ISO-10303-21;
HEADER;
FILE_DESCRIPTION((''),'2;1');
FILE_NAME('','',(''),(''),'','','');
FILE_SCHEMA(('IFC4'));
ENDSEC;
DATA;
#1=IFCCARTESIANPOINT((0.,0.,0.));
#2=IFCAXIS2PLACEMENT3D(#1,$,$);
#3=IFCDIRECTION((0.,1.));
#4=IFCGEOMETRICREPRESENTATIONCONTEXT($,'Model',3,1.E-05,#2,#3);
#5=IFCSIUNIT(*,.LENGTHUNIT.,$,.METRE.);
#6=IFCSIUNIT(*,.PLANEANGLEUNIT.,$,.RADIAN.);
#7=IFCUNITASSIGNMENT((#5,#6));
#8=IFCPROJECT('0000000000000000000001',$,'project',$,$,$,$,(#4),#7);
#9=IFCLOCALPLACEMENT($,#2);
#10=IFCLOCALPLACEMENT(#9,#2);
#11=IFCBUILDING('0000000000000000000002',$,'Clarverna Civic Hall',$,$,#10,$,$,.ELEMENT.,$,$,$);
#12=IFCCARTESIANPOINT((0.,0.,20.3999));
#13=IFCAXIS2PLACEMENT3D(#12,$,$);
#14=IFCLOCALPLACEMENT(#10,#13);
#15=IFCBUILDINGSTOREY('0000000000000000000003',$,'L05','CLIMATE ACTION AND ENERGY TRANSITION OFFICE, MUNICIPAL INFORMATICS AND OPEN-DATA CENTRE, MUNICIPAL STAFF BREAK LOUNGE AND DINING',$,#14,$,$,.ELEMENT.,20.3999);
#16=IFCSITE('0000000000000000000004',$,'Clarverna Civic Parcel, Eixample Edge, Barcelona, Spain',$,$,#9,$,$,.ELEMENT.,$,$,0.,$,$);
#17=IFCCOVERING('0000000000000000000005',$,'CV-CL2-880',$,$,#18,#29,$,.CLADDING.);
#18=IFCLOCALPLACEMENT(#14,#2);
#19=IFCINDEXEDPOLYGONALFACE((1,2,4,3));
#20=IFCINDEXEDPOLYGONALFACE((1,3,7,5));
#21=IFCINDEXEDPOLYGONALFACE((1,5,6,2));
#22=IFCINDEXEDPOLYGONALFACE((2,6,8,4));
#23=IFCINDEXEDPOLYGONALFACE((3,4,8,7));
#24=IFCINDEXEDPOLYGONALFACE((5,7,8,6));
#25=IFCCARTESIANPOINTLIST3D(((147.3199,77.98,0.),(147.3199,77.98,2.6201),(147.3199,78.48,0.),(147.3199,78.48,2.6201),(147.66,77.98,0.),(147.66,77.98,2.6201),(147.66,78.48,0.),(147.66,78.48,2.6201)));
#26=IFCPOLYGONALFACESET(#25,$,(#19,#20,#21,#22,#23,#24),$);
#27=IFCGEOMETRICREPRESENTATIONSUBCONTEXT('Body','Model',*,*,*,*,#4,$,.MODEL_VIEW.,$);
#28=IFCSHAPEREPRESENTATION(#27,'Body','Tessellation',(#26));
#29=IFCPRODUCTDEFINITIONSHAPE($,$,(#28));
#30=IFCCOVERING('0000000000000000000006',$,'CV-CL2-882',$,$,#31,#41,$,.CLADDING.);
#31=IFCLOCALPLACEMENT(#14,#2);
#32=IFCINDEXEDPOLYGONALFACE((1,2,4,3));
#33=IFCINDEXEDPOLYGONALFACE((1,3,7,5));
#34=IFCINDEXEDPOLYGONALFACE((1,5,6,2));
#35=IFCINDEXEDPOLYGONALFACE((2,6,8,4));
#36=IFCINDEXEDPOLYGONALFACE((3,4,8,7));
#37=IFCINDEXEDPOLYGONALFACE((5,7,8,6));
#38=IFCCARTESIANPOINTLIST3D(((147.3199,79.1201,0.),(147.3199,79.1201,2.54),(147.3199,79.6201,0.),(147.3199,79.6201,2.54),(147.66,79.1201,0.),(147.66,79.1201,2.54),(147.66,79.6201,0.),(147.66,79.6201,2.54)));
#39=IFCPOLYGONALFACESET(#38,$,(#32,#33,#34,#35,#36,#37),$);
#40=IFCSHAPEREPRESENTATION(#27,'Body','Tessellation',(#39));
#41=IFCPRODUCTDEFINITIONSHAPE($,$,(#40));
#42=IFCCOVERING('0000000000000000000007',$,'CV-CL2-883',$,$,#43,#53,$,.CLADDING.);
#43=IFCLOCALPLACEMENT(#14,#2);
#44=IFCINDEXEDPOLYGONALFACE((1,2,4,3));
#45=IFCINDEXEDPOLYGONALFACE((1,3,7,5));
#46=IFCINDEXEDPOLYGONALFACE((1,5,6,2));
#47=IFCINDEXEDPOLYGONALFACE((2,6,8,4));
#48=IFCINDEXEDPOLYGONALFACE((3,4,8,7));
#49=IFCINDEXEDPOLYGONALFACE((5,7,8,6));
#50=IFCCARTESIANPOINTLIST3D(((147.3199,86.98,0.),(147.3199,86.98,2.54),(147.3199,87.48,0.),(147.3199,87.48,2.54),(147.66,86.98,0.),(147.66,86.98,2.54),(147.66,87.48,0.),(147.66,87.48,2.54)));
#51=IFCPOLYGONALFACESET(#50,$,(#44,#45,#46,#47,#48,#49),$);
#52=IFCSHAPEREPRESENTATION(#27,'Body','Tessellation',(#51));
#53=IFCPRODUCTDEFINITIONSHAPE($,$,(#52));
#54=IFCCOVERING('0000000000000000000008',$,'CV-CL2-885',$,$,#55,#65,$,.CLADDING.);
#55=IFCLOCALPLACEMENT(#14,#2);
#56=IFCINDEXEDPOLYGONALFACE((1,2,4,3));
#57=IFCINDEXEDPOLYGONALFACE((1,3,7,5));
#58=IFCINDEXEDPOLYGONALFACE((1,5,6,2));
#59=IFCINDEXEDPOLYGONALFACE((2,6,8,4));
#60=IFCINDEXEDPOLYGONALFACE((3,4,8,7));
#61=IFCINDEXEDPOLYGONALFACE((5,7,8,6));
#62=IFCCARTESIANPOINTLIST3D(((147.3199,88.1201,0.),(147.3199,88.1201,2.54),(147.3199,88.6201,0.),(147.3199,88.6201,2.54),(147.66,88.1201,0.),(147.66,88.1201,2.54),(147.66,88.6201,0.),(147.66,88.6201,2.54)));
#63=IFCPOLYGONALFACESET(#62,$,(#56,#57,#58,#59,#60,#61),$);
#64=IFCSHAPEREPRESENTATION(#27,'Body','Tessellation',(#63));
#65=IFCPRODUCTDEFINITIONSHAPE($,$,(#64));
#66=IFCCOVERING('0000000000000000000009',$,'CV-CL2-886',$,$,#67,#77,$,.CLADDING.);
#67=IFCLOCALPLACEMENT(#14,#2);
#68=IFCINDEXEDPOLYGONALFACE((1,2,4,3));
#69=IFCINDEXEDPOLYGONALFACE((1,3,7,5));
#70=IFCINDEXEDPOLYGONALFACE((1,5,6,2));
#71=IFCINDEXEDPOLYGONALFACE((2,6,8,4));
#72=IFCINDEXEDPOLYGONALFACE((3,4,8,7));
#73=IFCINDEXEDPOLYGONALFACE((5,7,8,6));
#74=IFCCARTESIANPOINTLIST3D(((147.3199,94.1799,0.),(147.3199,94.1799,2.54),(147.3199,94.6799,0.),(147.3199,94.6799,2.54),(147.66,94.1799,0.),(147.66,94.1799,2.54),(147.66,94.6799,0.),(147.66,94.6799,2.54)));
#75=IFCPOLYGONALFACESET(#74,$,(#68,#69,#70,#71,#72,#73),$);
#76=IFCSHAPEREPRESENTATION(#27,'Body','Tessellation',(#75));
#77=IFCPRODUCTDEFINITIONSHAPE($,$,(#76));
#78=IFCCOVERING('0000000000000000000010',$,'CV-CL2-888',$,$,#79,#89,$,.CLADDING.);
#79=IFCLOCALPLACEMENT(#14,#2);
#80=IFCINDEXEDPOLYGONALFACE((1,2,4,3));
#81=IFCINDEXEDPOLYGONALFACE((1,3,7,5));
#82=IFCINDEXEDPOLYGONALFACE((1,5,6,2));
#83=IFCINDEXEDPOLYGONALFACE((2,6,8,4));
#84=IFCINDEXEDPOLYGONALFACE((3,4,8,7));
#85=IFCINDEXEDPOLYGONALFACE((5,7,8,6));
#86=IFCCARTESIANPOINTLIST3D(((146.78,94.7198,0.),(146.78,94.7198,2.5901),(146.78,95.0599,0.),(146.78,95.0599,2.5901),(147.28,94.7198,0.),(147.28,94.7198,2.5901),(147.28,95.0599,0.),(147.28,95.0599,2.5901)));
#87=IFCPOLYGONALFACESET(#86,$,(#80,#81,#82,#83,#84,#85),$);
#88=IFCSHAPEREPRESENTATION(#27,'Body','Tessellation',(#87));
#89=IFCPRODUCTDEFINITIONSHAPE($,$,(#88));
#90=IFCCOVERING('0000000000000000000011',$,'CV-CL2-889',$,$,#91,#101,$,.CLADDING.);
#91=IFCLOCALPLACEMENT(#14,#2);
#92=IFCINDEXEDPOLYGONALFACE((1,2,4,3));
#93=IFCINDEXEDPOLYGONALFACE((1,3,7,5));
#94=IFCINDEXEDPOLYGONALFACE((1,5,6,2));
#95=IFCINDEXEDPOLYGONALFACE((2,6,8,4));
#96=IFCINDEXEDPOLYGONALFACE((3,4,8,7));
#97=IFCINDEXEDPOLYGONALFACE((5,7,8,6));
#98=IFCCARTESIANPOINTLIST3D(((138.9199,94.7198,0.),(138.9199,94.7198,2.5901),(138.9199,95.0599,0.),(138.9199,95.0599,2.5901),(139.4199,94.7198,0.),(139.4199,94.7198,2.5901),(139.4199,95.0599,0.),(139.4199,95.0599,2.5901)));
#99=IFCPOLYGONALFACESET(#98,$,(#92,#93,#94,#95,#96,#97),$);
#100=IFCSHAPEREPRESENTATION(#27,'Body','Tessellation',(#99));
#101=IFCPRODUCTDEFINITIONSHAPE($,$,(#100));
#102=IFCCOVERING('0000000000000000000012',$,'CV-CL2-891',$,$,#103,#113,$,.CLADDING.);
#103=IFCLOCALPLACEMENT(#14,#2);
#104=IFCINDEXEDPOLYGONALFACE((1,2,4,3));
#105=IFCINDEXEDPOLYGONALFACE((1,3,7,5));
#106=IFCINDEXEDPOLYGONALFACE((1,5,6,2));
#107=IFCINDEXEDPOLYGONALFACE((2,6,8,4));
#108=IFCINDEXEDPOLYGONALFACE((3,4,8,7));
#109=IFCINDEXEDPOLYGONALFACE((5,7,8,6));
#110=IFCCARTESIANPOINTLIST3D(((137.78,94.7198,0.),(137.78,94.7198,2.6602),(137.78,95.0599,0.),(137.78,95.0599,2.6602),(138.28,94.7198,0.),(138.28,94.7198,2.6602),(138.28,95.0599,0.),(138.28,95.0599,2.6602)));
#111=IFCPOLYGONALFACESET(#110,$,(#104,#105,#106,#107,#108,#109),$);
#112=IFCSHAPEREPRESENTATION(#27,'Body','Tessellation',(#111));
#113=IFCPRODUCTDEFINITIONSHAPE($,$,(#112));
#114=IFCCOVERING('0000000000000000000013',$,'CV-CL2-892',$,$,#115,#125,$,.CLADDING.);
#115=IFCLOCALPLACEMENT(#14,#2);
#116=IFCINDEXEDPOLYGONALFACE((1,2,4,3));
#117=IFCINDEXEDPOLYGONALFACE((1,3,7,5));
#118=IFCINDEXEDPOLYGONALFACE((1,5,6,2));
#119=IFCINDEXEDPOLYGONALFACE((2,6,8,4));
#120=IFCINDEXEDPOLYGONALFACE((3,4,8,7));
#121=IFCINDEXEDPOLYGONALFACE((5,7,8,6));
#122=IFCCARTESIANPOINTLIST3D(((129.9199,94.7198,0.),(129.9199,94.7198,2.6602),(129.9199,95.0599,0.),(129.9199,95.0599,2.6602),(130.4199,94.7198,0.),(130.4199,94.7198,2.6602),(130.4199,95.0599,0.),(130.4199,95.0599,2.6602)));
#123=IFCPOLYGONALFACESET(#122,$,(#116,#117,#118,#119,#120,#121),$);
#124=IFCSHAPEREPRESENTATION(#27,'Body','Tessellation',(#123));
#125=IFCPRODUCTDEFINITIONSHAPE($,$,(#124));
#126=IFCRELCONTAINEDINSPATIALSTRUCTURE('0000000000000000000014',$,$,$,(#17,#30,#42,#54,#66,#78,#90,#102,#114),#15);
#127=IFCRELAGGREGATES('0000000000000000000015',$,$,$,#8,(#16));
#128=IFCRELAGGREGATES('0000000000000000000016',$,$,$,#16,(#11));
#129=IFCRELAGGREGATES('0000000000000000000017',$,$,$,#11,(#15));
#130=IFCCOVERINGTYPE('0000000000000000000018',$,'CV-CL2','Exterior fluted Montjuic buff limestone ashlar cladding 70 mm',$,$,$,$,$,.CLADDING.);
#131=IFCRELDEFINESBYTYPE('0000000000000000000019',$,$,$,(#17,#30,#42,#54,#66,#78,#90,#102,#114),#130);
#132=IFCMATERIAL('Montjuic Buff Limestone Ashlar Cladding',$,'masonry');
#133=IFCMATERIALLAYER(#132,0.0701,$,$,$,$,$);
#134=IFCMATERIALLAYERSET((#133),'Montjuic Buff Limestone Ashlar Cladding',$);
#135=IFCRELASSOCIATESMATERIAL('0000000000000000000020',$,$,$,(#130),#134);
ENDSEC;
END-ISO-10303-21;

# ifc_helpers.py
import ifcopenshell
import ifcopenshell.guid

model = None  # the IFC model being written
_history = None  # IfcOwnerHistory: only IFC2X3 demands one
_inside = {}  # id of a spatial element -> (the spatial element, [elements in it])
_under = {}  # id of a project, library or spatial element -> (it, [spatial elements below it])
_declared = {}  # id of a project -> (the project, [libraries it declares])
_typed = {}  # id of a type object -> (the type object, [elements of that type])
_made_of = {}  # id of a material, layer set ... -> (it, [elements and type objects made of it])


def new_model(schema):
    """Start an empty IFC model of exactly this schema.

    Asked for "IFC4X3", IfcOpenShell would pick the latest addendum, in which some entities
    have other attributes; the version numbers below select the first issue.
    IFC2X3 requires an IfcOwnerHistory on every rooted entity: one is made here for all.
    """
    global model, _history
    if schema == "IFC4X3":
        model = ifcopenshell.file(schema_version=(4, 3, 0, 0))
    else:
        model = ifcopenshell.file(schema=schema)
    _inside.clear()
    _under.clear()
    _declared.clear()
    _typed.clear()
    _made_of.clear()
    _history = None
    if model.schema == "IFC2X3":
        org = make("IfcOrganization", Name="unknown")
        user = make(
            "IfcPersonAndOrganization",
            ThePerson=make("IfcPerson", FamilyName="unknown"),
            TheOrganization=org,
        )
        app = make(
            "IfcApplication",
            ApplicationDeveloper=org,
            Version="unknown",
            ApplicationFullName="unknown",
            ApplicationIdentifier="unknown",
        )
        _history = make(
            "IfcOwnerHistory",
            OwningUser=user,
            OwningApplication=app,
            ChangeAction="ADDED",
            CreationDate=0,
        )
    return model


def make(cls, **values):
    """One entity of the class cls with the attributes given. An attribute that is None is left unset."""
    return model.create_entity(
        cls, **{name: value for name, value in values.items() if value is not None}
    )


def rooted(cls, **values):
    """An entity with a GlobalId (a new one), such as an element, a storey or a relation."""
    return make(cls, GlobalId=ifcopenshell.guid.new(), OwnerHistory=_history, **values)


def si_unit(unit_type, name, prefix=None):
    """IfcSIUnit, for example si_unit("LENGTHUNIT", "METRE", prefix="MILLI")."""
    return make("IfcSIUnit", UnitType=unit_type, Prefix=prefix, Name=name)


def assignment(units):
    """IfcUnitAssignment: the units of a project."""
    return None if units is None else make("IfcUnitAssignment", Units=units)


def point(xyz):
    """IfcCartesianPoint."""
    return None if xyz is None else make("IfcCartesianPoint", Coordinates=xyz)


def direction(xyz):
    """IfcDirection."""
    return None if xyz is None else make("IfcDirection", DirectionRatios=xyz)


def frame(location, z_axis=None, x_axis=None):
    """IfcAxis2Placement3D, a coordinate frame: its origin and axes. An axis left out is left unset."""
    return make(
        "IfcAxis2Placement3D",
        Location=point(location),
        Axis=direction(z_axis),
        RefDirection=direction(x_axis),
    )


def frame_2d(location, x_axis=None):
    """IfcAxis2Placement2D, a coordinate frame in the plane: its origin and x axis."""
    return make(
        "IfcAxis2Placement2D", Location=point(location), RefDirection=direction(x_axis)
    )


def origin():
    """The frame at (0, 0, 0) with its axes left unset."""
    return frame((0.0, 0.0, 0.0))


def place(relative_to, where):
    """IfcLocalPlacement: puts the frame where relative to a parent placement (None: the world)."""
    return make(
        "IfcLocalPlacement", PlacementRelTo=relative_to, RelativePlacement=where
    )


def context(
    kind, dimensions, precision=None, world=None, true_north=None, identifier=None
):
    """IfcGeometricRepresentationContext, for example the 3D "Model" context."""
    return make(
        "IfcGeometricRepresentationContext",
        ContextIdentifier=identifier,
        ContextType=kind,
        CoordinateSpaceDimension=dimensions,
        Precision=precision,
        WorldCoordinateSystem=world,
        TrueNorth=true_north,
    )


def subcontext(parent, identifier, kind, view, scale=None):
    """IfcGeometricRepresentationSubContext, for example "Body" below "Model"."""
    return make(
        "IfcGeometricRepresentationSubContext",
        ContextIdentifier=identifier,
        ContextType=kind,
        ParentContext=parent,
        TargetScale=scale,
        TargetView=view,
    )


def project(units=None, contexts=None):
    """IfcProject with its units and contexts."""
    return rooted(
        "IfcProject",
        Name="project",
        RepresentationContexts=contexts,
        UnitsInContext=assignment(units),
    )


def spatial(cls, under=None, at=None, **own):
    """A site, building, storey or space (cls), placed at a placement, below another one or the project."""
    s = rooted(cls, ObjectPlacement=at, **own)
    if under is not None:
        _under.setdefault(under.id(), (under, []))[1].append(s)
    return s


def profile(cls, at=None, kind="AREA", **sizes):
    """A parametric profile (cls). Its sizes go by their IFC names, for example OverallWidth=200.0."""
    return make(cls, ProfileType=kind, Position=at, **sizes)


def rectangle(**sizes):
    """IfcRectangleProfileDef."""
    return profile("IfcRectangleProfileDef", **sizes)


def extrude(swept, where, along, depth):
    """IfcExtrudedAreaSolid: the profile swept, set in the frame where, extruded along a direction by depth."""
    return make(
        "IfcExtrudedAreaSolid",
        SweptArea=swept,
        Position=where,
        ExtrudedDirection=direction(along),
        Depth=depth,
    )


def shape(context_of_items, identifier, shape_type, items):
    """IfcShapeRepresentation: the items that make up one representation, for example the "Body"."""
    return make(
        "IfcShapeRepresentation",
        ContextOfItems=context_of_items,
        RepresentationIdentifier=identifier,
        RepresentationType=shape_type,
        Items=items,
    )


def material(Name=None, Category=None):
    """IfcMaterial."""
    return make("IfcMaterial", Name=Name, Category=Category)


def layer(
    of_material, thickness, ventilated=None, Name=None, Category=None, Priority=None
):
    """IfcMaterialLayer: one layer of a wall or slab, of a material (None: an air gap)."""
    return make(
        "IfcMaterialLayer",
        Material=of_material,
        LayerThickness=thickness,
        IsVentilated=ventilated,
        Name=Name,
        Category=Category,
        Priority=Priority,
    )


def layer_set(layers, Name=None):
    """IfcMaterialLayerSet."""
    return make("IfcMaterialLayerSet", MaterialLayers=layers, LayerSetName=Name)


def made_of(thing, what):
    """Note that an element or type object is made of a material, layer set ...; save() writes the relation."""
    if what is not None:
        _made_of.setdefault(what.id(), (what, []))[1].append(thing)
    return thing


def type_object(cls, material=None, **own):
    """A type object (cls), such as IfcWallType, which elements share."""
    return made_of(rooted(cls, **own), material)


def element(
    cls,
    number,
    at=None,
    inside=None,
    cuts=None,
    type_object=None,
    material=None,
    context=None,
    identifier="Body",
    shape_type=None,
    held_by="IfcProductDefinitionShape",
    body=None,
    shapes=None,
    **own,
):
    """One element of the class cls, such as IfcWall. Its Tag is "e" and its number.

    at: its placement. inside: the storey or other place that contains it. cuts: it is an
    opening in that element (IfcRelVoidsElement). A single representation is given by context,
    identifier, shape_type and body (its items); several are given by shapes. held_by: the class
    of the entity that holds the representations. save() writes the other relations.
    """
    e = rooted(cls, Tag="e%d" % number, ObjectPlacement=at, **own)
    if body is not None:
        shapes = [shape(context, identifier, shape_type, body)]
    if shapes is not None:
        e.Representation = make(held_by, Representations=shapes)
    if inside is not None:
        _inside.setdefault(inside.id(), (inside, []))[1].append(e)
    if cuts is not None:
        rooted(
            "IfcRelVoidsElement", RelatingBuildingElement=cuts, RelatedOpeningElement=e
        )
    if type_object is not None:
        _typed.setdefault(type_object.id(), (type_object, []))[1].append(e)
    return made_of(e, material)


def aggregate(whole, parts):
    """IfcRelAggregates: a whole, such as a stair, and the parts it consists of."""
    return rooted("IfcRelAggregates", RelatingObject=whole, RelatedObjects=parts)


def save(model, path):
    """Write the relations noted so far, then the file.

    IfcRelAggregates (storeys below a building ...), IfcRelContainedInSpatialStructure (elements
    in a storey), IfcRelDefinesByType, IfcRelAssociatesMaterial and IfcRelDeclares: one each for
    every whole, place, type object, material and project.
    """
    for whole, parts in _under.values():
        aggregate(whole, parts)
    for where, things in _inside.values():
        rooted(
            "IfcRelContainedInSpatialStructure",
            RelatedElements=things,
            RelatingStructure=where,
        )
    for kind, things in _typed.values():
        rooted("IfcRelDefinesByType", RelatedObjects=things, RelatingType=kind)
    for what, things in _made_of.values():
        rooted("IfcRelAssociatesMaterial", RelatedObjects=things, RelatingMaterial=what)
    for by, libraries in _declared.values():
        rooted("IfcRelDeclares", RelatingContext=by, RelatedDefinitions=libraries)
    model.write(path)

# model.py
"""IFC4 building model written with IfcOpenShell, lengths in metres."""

from ifc_helpers import new_model, si_unit, direction, frame, frame_2d, origin, place, context, subcontext, project, spatial, rectangle, extrude, material, layer, layer_set, type_object, element, save


model = new_model("IFC4")

# Units and contexts
model_context = context("Model", 3, precision=1e-05, world=origin(), true_north=direction((0.0, 1.0)))
body_context = subcontext(model_context, "Body", "Model", "MODEL_VIEW")
ifc_project = project(units=[si_unit("LENGTHUNIT", "METRE"), si_unit("PLANEANGLEUNIT", "RADIAN")], contexts=[model_context])

# Site, building, storey
site_placement = place(None, origin())
site = spatial("IfcSite", under=ifc_project, at=site_placement, Name="Clarverna Civic Parcel, Eixample Edge, Barcelona, Spain", CompositionType="ELEMENT", RefElevation=0.0)
building_placement = place(site_placement, origin())
building = spatial("IfcBuilding", under=site, at=building_placement, Name="Clarverna Civic Hall", CompositionType="ELEMENT")
storey_placement = place(building_placement, frame((0.0, 0.0, 20.3999)))
storey = spatial("IfcBuildingStorey", under=building, at=storey_placement, Name="L05", Description="CLIMATE ACTION AND ENERGY TRANSITION OFFICE, MUNICIPAL INFORMATICS AND OPEN-DATA CENTRE, MUNICIPAL STAFF BREAK LOUNGE AND DINING", CompositionType="ELEMENT", Elevation=20.3999)

# Coverings
ifc_material_1 = material(Name="Montjuic Buff Limestone Ashlar Cladding", Category="masonry")
ifc_layer_1 = layer(ifc_material_1, 0.0701)
ifc_layer_set_1 = layer_set([ifc_layer_1], Name="Montjuic Buff Limestone Ashlar Cladding")
covering_type = type_object("IfcCoveringType", Name="CV-CL2", Description="Exterior fluted Montjuic buff limestone ashlar cladding 70 mm", PredefinedType="CLADDING", material=ifc_layer_set_1)
for number, where, z_axis, x_axis, name in (
    (1, (147.49, 77.98, 0.0), (0.0, 0.0, 1.0), (0.0, 1.0, 0.0), "CV-CL2-880"),
):
    element("IfcCovering", number, at=place(storey_placement, frame(where, z_axis=z_axis, x_axis=x_axis)), inside=storey, type_object=covering_type, Name=name, PredefinedType="CLADDING", context=body_context, shape_type="SweptSolid", body=[
        extrude(rectangle(XDim=0.5, YDim=0.3401, at=frame_2d((0.25, 0.0))), origin(), (0.0, 0.0, 1.0), 2.6201),
    ])
for number, where, z_axis, x_axis, name in (
    (2, (147.49, 79.1201, 0.0), (0.0, 0.0, 1.0), (0.0, 1.0, 0.0), "CV-CL2-882"),
    (3, (147.49, 86.98, 0.0), (0.0, 0.0, 1.0), (0.0, 1.0, 0.0), "CV-CL2-883"),
    (4, (147.49, 88.1201, 0.0), (0.0, 0.0, 1.0), (0.0, 1.0, 0.0), "CV-CL2-885"),
    (5, (147.49, 94.1799, 0.0), (0.0, 0.0, 1.0), (0.0, 1.0, 0.0), "CV-CL2-886"),
):
    element("IfcCovering", number, at=place(storey_placement, frame(where, z_axis=z_axis, x_axis=x_axis)), inside=storey, type_object=covering_type, Name=name, PredefinedType="CLADDING", context=body_context, shape_type="SweptSolid", body=[
        extrude(rectangle(XDim=0.5, YDim=0.3401, at=frame_2d((0.25, 0.0))), origin(), (0.0, 0.0, 1.0), 2.54),
    ])
for number, where, z_axis, x_axis, name in (
    (6, (147.28, 94.8899, 0.0), (0.0, 0.0, 1.0), (-1.0, 0.0, 0.0), "CV-CL2-888"),
    (7, (139.4199, 94.8899, 0.0), (0.0, 0.0, 1.0), (-1.0, 0.0, 0.0), "CV-CL2-889"),
):
    element("IfcCovering", number, at=place(storey_placement, frame(where, z_axis=z_axis, x_axis=x_axis)), inside=storey, type_object=covering_type, Name=name, PredefinedType="CLADDING", context=body_context, shape_type="SweptSolid", body=[
        extrude(rectangle(XDim=0.5, YDim=0.3401, at=frame_2d((0.25, 0.0))), origin(), (0.0, 0.0, 1.0), 2.5901),
    ])
for number, where, z_axis, x_axis, name in (
    (8, (138.28, 94.8899, 0.0), (0.0, 0.0, 1.0), (-1.0, 0.0, 0.0), "CV-CL2-891"),
    (9, (130.4199, 94.8899, 0.0), (0.0, 0.0, 1.0), (-1.0, 0.0, 0.0), "CV-CL2-892"),
):
    element("IfcCovering", number, at=place(storey_placement, frame(where, z_axis=z_axis, x_axis=x_axis)), inside=storey, type_object=covering_type, Name=name, PredefinedType="CLADDING", context=body_context, shape_type="SweptSolid", body=[
        extrude(rectangle(XDim=0.5, YDim=0.3401, at=frame_2d((0.25, 0.0))), origin(), (0.0, 0.0, 1.0), 2.6602),
    ])

save(model, "model.ifc")
